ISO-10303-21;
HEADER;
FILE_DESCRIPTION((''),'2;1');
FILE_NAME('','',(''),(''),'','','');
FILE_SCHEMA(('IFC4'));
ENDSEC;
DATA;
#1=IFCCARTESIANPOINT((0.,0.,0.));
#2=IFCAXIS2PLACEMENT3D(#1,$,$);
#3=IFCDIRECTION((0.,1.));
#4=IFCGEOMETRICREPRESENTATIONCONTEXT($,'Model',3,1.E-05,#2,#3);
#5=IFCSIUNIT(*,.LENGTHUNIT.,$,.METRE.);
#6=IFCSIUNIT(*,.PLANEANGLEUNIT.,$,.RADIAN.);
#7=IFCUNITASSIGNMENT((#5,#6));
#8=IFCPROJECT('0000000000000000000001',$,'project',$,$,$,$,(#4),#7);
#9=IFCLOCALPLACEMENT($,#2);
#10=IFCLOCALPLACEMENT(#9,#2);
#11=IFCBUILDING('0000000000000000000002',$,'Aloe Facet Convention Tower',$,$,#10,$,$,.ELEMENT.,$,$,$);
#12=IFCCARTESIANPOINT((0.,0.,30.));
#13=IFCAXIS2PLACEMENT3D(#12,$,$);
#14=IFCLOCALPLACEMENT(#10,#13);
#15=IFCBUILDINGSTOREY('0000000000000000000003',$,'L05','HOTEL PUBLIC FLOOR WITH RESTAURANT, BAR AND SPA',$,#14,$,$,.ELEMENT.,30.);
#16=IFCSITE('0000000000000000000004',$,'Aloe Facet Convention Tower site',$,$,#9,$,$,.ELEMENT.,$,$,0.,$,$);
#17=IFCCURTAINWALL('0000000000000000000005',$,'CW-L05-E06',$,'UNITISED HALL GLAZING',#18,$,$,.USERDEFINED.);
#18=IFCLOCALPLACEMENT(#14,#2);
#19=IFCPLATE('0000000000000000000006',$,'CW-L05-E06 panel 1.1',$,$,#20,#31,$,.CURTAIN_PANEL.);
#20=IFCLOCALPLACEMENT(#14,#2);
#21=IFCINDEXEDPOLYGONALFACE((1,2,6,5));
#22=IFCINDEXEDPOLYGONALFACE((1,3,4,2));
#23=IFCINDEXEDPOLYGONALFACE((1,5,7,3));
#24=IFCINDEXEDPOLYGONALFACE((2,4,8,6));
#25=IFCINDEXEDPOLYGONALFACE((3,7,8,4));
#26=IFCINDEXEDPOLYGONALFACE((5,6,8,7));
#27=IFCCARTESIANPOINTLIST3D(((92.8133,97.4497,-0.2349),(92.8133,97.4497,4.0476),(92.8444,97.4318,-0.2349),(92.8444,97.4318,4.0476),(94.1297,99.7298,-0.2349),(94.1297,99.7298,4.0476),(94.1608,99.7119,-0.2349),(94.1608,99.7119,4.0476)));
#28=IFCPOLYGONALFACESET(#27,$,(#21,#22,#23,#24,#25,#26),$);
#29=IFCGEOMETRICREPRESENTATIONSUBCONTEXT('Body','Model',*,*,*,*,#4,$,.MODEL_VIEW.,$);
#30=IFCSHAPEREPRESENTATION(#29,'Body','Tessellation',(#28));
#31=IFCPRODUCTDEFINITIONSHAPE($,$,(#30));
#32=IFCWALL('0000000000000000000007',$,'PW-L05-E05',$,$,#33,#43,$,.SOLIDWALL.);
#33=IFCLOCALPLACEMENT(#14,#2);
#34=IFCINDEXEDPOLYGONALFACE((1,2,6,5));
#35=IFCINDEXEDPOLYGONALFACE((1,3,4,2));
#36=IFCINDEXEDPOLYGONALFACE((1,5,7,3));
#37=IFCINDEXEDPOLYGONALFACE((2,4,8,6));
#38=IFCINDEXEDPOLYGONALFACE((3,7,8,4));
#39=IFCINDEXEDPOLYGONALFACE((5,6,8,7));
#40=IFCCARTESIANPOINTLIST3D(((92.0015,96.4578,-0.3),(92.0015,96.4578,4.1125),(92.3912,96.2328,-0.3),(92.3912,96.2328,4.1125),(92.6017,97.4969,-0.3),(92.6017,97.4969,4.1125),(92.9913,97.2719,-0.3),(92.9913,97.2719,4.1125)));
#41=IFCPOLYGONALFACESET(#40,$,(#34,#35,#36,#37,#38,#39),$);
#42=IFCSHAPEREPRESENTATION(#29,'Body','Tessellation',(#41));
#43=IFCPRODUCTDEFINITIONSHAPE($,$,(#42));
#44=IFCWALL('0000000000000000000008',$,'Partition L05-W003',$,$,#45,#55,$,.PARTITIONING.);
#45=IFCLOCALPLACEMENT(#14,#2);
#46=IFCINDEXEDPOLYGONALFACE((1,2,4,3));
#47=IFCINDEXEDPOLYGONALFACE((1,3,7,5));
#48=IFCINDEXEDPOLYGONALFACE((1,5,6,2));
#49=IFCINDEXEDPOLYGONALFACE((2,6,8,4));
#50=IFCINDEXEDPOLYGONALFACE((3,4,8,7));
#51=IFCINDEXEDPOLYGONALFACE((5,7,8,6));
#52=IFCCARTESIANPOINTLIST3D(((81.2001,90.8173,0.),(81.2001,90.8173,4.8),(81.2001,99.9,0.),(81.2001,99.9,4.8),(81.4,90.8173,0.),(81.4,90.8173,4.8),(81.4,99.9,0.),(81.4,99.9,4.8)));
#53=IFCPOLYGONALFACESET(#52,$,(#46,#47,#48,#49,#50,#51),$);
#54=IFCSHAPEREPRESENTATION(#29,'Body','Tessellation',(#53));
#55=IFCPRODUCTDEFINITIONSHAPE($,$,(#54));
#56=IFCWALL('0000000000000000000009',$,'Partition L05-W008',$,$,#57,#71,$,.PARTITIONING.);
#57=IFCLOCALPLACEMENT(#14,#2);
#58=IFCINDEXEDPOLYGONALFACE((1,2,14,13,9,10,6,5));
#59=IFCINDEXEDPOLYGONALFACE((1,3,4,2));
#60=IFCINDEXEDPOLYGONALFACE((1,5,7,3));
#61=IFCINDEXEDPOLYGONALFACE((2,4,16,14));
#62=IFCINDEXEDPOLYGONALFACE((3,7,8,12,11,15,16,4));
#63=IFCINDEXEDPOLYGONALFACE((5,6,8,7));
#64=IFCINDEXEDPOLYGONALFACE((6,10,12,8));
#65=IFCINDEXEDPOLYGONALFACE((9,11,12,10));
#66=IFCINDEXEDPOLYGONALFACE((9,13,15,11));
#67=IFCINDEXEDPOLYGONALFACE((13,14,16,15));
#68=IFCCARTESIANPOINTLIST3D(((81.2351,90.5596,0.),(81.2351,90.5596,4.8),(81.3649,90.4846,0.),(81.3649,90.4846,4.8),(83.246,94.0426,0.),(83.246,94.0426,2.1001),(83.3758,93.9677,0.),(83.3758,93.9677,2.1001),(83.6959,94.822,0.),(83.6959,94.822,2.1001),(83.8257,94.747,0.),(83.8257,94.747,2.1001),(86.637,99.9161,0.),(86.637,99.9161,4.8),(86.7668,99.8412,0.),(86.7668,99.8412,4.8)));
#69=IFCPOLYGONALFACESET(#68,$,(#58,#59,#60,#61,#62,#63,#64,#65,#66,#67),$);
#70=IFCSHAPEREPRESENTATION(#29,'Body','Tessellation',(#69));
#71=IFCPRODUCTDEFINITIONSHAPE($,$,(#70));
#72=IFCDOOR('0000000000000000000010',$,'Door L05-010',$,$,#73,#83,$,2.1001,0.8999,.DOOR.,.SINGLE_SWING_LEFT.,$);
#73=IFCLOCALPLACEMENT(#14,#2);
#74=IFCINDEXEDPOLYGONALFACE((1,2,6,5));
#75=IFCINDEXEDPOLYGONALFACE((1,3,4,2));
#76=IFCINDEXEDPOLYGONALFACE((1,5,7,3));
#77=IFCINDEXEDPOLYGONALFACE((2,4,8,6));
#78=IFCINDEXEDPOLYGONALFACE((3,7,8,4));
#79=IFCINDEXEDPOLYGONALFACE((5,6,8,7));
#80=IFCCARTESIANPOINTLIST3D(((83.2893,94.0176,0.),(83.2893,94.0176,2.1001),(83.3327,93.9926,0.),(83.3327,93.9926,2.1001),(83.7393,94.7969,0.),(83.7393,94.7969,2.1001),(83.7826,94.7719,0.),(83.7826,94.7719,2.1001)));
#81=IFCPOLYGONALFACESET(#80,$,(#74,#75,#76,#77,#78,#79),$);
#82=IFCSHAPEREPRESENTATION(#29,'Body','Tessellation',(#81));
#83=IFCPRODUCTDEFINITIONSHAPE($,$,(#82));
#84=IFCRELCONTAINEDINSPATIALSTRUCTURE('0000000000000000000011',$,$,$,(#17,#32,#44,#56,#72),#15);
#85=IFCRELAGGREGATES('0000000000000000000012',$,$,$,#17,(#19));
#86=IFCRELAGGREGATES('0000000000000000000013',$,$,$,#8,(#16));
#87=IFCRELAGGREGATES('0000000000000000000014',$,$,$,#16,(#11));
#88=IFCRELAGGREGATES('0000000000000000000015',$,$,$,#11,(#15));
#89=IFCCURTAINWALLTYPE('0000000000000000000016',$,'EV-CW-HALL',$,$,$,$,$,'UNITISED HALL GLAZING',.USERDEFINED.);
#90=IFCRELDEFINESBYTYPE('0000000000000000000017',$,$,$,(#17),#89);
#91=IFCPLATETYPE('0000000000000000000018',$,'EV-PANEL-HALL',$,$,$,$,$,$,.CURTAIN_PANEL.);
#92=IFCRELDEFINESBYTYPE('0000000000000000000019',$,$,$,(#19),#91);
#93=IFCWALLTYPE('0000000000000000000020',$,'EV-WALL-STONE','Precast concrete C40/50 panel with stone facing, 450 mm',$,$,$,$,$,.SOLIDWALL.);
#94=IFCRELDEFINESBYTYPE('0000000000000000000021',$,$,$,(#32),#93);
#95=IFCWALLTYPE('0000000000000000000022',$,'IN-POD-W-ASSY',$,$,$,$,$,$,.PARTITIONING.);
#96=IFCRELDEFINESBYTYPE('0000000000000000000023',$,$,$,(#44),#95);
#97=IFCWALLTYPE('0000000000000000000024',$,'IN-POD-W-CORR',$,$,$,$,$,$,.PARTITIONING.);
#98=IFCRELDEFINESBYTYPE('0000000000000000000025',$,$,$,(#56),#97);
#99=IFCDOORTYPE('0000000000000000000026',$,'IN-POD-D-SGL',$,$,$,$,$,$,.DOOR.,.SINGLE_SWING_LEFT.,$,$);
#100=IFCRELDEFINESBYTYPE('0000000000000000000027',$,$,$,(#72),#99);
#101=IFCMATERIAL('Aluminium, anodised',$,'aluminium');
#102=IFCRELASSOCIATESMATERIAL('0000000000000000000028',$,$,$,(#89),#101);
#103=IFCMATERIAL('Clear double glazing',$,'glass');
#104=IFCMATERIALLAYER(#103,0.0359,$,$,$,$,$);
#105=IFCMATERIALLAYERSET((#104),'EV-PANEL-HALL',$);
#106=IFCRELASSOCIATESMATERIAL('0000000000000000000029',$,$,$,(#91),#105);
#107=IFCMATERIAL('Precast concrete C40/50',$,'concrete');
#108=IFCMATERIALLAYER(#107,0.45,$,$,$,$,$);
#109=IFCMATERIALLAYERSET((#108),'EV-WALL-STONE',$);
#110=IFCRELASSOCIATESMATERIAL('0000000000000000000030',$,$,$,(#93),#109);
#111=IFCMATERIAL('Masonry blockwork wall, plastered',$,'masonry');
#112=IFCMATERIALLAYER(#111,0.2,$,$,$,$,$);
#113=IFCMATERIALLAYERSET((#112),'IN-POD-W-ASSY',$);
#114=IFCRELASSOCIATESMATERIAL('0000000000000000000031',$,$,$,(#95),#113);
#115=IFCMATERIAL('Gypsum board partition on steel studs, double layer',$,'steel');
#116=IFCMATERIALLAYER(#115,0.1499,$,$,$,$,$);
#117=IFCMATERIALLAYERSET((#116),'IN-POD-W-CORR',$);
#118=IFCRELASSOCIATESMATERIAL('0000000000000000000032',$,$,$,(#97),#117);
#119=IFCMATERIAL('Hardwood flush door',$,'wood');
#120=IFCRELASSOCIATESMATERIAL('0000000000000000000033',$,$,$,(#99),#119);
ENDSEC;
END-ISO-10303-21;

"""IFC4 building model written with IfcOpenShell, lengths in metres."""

from ifc_helpers import new_model, si_unit, direction, frame, frame_2d, origin, origin_2d, place, context, subcontext, project, spatial, rectangle, extrude, material, layer, layer_set, type_object, element, fill, aggregate, save


model = new_model("IFC4")

# Units and contexts
model_context = context("Model", 3, precision=1e-05, world=origin(), true_north=direction((0.0, 1.0)))
body_context = subcontext(model_context, "Body", "Model", "MODEL_VIEW")
ifc_project = project(units=[si_unit("LENGTHUNIT", "METRE"), si_unit("PLANEANGLEUNIT", "RADIAN")], contexts=[model_context])

# Site, building, storey
site_placement = place(None, origin())
site = spatial("IfcSite", under=ifc_project, at=site_placement, Name="Aloe Facet Convention Tower site", CompositionType="ELEMENT", RefElevation=0.0)
building_placement = place(site_placement, origin())
building = spatial("IfcBuilding", under=site, at=building_placement, Name="Aloe Facet Convention Tower", CompositionType="ELEMENT")
storey_placement = place(building_placement, frame((0.0, 0.0, 30.0)))
storey = spatial("IfcBuildingStorey", under=building, at=storey_placement, Name="L05", Description="HOTEL PUBLIC FLOOR WITH RESTAURANT, BAR AND SPA", CompositionType="ELEMENT", Elevation=30.0)

# Curtain wall
ifc_material_1 = material(Name="Aluminium, anodised", Category="aluminium")
curtain_wall_type = type_object("IfcCurtainWallType", Name="EV-CW-HALL", ElementType="UNITISED HALL GLAZING", PredefinedType="USERDEFINED", material=ifc_material_1)
curtain_wall_1_placement = place(storey_placement, origin())
curtain_wall_1 = element("IfcCurtainWall", 1, at=curtain_wall_1_placement, inside=storey, type_object=curtain_wall_type, Name="CW-L05-E06", ObjectType="UNITISED HALL GLAZING", PredefinedType="USERDEFINED")

# Plate
ifc_material_2 = material(Name="Clear double glazing", Category="glass")
ifc_layer_1 = layer(ifc_material_2, 0.0359)
ifc_layer_set_1 = layer_set([ifc_layer_1], Name="EV-PANEL-HALL")
plate_type = type_object("IfcPlateType", Name="EV-PANEL-HALL", PredefinedType="CURTAIN_PANEL", material=ifc_layer_set_1)
plate_1_placement = place(storey_placement, frame((93.4871, 98.5808, -0.2349), z_axis=(0.0, 0.0, 1.0), x_axis=(0.5, 0.866025, 0.0)))
plate_1 = element("IfcPlate", 2, at=plate_1_placement, type_object=plate_type, Name="CW-L05-E06 panel 1.1", PredefinedType="CURTAIN_PANEL", context=body_context, shape_type="SweptSolid", body=[
    extrude(rectangle(XDim=2.6328, YDim=0.0359, at=origin_2d()), origin(), (0.0, 0.0, 1.0), 4.2825),
])
aggregate(curtain_wall_1, [plate_1])

# Walls
ifc_material_3 = material(Name="Precast concrete C40/50", Category="concrete")
ifc_layer_2 = layer(ifc_material_3, 0.45)
ifc_layer_set_2 = layer_set([ifc_layer_2], Name="EV-WALL-STONE")
wall_type_1 = type_object("IfcWallType", Name="EV-WALL-STONE", Description="Precast concrete C40/50 panel with stone facing, 450 mm", PredefinedType="SOLIDWALL", material=ifc_layer_set_2)
wall_1_placement = place(storey_placement, frame((92.1963, 96.3452, -0.3), z_axis=(0.0, 0.0, 1.0), x_axis=(0.500122, 0.865955, 0.0)))
element("IfcWall", 3, at=wall_1_placement, inside=storey, type_object=wall_type_1, Name="PW-L05-E05", PredefinedType="SOLIDWALL", context=body_context, shape_type="SweptSolid", body=[
    extrude(rectangle(XDim=1.2, YDim=0.45, at=frame_2d((0.6001, 0.0))), origin(), (0.0, 0.0, 1.0), 4.4126),
])
ifc_material_4 = material(Name="Masonry blockwork wall, plastered", Category="masonry")
ifc_layer_3 = layer(ifc_material_4, 0.2)
ifc_layer_set_3 = layer_set([ifc_layer_3], Name="IN-POD-W-ASSY")
wall_type_2 = type_object("IfcWallType", Name="IN-POD-W-ASSY", PredefinedType="PARTITIONING", material=ifc_layer_set_3)
wall_2_placement = place(storey_placement, frame((81.3, 90.8171, 0.0), z_axis=(0.0, 0.0, 1.0), x_axis=(0.0, 1.0, 0.0)))
element("IfcWall", 4, at=wall_2_placement, inside=storey, type_object=wall_type_2, Name="Partition L05-W003", PredefinedType="PARTITIONING", context=body_context, shape_type="SweptSolid", body=[
    extrude(rectangle(XDim=9.0828, YDim=0.2, at=frame_2d((4.5415, 0.0))), origin(), (0.0, 0.0, 1.0), 4.8),
])

# Wall, opening, door
ifc_material_5 = material(Name="Gypsum board partition on steel studs, double layer", Category="steel")
ifc_layer_4 = layer(ifc_material_5, 0.1499)
ifc_layer_set_4 = layer_set([ifc_layer_4], Name="IN-POD-W-CORR")
wall_type_3 = type_object("IfcWallType", Name="IN-POD-W-CORR", PredefinedType="PARTITIONING", material=ifc_layer_set_4)
wall_3_placement = place(storey_placement, frame((81.3, 90.5222, 0.0), z_axis=(0.0, 0.0, 1.0), x_axis=(0.499994, 0.866029, 0.0)))
wall_3 = element("IfcWall", 5, at=wall_3_placement, inside=storey, type_object=wall_type_3, Name="Partition L05-W008", PredefinedType="PARTITIONING", context=body_context, shape_type="SweptSolid", body=[
    extrude(rectangle(XDim=10.804, YDim=0.1499, at=frame_2d((5.4019, 0.0))), origin(), (0.0, 0.0, 1.0), 4.8),
])
opening_placement = place(wall_3_placement, frame((4.0217, 0.0, 0.0)))
opening = element("IfcOpeningElement", 6, at=opening_placement, cuts=wall_3, PredefinedType="OPENING", context=body_context, shape_type="SweptSolid", body=[
    extrude(rectangle(XDim=0.8999, YDim=2.1001, at=frame_2d((0.45, 1.05))), frame((0.0, 0.085, 0.0), z_axis=(0.0, -1.0, 0.0), x_axis=(1.0, 0.0, 0.0)), (0.0, 0.0, 1.0), 0.1699),
])
ifc_material_6 = material(Name="Hardwood flush door", Category="wood")
door_type = type_object("IfcDoorType", Name="IN-POD-D-SGL", OperationType="SINGLE_SWING_LEFT", PredefinedType="DOOR", material=ifc_material_6)
door_placement = place(opening_placement, origin())
door = element("IfcDoor", 7, at=door_placement, inside=storey, type_object=door_type, Name="Door L05-010", OperationType="SINGLE_SWING_LEFT", OverallHeight=2.1001, OverallWidth=0.8999, PredefinedType="DOOR", context=body_context, shape_type="SweptSolid", body=[
    extrude(rectangle(XDim=0.8999, YDim=2.1001, at=frame_2d((0.45, 1.05))), frame((0.0, 0.0249, 0.0), z_axis=(0.0, -1.0, 0.0), x_axis=(1.0, 0.0, 0.0)), (0.0, 0.0, 1.0), 0.05),
])
fill(opening, door)

save(model, "model.ifc")
